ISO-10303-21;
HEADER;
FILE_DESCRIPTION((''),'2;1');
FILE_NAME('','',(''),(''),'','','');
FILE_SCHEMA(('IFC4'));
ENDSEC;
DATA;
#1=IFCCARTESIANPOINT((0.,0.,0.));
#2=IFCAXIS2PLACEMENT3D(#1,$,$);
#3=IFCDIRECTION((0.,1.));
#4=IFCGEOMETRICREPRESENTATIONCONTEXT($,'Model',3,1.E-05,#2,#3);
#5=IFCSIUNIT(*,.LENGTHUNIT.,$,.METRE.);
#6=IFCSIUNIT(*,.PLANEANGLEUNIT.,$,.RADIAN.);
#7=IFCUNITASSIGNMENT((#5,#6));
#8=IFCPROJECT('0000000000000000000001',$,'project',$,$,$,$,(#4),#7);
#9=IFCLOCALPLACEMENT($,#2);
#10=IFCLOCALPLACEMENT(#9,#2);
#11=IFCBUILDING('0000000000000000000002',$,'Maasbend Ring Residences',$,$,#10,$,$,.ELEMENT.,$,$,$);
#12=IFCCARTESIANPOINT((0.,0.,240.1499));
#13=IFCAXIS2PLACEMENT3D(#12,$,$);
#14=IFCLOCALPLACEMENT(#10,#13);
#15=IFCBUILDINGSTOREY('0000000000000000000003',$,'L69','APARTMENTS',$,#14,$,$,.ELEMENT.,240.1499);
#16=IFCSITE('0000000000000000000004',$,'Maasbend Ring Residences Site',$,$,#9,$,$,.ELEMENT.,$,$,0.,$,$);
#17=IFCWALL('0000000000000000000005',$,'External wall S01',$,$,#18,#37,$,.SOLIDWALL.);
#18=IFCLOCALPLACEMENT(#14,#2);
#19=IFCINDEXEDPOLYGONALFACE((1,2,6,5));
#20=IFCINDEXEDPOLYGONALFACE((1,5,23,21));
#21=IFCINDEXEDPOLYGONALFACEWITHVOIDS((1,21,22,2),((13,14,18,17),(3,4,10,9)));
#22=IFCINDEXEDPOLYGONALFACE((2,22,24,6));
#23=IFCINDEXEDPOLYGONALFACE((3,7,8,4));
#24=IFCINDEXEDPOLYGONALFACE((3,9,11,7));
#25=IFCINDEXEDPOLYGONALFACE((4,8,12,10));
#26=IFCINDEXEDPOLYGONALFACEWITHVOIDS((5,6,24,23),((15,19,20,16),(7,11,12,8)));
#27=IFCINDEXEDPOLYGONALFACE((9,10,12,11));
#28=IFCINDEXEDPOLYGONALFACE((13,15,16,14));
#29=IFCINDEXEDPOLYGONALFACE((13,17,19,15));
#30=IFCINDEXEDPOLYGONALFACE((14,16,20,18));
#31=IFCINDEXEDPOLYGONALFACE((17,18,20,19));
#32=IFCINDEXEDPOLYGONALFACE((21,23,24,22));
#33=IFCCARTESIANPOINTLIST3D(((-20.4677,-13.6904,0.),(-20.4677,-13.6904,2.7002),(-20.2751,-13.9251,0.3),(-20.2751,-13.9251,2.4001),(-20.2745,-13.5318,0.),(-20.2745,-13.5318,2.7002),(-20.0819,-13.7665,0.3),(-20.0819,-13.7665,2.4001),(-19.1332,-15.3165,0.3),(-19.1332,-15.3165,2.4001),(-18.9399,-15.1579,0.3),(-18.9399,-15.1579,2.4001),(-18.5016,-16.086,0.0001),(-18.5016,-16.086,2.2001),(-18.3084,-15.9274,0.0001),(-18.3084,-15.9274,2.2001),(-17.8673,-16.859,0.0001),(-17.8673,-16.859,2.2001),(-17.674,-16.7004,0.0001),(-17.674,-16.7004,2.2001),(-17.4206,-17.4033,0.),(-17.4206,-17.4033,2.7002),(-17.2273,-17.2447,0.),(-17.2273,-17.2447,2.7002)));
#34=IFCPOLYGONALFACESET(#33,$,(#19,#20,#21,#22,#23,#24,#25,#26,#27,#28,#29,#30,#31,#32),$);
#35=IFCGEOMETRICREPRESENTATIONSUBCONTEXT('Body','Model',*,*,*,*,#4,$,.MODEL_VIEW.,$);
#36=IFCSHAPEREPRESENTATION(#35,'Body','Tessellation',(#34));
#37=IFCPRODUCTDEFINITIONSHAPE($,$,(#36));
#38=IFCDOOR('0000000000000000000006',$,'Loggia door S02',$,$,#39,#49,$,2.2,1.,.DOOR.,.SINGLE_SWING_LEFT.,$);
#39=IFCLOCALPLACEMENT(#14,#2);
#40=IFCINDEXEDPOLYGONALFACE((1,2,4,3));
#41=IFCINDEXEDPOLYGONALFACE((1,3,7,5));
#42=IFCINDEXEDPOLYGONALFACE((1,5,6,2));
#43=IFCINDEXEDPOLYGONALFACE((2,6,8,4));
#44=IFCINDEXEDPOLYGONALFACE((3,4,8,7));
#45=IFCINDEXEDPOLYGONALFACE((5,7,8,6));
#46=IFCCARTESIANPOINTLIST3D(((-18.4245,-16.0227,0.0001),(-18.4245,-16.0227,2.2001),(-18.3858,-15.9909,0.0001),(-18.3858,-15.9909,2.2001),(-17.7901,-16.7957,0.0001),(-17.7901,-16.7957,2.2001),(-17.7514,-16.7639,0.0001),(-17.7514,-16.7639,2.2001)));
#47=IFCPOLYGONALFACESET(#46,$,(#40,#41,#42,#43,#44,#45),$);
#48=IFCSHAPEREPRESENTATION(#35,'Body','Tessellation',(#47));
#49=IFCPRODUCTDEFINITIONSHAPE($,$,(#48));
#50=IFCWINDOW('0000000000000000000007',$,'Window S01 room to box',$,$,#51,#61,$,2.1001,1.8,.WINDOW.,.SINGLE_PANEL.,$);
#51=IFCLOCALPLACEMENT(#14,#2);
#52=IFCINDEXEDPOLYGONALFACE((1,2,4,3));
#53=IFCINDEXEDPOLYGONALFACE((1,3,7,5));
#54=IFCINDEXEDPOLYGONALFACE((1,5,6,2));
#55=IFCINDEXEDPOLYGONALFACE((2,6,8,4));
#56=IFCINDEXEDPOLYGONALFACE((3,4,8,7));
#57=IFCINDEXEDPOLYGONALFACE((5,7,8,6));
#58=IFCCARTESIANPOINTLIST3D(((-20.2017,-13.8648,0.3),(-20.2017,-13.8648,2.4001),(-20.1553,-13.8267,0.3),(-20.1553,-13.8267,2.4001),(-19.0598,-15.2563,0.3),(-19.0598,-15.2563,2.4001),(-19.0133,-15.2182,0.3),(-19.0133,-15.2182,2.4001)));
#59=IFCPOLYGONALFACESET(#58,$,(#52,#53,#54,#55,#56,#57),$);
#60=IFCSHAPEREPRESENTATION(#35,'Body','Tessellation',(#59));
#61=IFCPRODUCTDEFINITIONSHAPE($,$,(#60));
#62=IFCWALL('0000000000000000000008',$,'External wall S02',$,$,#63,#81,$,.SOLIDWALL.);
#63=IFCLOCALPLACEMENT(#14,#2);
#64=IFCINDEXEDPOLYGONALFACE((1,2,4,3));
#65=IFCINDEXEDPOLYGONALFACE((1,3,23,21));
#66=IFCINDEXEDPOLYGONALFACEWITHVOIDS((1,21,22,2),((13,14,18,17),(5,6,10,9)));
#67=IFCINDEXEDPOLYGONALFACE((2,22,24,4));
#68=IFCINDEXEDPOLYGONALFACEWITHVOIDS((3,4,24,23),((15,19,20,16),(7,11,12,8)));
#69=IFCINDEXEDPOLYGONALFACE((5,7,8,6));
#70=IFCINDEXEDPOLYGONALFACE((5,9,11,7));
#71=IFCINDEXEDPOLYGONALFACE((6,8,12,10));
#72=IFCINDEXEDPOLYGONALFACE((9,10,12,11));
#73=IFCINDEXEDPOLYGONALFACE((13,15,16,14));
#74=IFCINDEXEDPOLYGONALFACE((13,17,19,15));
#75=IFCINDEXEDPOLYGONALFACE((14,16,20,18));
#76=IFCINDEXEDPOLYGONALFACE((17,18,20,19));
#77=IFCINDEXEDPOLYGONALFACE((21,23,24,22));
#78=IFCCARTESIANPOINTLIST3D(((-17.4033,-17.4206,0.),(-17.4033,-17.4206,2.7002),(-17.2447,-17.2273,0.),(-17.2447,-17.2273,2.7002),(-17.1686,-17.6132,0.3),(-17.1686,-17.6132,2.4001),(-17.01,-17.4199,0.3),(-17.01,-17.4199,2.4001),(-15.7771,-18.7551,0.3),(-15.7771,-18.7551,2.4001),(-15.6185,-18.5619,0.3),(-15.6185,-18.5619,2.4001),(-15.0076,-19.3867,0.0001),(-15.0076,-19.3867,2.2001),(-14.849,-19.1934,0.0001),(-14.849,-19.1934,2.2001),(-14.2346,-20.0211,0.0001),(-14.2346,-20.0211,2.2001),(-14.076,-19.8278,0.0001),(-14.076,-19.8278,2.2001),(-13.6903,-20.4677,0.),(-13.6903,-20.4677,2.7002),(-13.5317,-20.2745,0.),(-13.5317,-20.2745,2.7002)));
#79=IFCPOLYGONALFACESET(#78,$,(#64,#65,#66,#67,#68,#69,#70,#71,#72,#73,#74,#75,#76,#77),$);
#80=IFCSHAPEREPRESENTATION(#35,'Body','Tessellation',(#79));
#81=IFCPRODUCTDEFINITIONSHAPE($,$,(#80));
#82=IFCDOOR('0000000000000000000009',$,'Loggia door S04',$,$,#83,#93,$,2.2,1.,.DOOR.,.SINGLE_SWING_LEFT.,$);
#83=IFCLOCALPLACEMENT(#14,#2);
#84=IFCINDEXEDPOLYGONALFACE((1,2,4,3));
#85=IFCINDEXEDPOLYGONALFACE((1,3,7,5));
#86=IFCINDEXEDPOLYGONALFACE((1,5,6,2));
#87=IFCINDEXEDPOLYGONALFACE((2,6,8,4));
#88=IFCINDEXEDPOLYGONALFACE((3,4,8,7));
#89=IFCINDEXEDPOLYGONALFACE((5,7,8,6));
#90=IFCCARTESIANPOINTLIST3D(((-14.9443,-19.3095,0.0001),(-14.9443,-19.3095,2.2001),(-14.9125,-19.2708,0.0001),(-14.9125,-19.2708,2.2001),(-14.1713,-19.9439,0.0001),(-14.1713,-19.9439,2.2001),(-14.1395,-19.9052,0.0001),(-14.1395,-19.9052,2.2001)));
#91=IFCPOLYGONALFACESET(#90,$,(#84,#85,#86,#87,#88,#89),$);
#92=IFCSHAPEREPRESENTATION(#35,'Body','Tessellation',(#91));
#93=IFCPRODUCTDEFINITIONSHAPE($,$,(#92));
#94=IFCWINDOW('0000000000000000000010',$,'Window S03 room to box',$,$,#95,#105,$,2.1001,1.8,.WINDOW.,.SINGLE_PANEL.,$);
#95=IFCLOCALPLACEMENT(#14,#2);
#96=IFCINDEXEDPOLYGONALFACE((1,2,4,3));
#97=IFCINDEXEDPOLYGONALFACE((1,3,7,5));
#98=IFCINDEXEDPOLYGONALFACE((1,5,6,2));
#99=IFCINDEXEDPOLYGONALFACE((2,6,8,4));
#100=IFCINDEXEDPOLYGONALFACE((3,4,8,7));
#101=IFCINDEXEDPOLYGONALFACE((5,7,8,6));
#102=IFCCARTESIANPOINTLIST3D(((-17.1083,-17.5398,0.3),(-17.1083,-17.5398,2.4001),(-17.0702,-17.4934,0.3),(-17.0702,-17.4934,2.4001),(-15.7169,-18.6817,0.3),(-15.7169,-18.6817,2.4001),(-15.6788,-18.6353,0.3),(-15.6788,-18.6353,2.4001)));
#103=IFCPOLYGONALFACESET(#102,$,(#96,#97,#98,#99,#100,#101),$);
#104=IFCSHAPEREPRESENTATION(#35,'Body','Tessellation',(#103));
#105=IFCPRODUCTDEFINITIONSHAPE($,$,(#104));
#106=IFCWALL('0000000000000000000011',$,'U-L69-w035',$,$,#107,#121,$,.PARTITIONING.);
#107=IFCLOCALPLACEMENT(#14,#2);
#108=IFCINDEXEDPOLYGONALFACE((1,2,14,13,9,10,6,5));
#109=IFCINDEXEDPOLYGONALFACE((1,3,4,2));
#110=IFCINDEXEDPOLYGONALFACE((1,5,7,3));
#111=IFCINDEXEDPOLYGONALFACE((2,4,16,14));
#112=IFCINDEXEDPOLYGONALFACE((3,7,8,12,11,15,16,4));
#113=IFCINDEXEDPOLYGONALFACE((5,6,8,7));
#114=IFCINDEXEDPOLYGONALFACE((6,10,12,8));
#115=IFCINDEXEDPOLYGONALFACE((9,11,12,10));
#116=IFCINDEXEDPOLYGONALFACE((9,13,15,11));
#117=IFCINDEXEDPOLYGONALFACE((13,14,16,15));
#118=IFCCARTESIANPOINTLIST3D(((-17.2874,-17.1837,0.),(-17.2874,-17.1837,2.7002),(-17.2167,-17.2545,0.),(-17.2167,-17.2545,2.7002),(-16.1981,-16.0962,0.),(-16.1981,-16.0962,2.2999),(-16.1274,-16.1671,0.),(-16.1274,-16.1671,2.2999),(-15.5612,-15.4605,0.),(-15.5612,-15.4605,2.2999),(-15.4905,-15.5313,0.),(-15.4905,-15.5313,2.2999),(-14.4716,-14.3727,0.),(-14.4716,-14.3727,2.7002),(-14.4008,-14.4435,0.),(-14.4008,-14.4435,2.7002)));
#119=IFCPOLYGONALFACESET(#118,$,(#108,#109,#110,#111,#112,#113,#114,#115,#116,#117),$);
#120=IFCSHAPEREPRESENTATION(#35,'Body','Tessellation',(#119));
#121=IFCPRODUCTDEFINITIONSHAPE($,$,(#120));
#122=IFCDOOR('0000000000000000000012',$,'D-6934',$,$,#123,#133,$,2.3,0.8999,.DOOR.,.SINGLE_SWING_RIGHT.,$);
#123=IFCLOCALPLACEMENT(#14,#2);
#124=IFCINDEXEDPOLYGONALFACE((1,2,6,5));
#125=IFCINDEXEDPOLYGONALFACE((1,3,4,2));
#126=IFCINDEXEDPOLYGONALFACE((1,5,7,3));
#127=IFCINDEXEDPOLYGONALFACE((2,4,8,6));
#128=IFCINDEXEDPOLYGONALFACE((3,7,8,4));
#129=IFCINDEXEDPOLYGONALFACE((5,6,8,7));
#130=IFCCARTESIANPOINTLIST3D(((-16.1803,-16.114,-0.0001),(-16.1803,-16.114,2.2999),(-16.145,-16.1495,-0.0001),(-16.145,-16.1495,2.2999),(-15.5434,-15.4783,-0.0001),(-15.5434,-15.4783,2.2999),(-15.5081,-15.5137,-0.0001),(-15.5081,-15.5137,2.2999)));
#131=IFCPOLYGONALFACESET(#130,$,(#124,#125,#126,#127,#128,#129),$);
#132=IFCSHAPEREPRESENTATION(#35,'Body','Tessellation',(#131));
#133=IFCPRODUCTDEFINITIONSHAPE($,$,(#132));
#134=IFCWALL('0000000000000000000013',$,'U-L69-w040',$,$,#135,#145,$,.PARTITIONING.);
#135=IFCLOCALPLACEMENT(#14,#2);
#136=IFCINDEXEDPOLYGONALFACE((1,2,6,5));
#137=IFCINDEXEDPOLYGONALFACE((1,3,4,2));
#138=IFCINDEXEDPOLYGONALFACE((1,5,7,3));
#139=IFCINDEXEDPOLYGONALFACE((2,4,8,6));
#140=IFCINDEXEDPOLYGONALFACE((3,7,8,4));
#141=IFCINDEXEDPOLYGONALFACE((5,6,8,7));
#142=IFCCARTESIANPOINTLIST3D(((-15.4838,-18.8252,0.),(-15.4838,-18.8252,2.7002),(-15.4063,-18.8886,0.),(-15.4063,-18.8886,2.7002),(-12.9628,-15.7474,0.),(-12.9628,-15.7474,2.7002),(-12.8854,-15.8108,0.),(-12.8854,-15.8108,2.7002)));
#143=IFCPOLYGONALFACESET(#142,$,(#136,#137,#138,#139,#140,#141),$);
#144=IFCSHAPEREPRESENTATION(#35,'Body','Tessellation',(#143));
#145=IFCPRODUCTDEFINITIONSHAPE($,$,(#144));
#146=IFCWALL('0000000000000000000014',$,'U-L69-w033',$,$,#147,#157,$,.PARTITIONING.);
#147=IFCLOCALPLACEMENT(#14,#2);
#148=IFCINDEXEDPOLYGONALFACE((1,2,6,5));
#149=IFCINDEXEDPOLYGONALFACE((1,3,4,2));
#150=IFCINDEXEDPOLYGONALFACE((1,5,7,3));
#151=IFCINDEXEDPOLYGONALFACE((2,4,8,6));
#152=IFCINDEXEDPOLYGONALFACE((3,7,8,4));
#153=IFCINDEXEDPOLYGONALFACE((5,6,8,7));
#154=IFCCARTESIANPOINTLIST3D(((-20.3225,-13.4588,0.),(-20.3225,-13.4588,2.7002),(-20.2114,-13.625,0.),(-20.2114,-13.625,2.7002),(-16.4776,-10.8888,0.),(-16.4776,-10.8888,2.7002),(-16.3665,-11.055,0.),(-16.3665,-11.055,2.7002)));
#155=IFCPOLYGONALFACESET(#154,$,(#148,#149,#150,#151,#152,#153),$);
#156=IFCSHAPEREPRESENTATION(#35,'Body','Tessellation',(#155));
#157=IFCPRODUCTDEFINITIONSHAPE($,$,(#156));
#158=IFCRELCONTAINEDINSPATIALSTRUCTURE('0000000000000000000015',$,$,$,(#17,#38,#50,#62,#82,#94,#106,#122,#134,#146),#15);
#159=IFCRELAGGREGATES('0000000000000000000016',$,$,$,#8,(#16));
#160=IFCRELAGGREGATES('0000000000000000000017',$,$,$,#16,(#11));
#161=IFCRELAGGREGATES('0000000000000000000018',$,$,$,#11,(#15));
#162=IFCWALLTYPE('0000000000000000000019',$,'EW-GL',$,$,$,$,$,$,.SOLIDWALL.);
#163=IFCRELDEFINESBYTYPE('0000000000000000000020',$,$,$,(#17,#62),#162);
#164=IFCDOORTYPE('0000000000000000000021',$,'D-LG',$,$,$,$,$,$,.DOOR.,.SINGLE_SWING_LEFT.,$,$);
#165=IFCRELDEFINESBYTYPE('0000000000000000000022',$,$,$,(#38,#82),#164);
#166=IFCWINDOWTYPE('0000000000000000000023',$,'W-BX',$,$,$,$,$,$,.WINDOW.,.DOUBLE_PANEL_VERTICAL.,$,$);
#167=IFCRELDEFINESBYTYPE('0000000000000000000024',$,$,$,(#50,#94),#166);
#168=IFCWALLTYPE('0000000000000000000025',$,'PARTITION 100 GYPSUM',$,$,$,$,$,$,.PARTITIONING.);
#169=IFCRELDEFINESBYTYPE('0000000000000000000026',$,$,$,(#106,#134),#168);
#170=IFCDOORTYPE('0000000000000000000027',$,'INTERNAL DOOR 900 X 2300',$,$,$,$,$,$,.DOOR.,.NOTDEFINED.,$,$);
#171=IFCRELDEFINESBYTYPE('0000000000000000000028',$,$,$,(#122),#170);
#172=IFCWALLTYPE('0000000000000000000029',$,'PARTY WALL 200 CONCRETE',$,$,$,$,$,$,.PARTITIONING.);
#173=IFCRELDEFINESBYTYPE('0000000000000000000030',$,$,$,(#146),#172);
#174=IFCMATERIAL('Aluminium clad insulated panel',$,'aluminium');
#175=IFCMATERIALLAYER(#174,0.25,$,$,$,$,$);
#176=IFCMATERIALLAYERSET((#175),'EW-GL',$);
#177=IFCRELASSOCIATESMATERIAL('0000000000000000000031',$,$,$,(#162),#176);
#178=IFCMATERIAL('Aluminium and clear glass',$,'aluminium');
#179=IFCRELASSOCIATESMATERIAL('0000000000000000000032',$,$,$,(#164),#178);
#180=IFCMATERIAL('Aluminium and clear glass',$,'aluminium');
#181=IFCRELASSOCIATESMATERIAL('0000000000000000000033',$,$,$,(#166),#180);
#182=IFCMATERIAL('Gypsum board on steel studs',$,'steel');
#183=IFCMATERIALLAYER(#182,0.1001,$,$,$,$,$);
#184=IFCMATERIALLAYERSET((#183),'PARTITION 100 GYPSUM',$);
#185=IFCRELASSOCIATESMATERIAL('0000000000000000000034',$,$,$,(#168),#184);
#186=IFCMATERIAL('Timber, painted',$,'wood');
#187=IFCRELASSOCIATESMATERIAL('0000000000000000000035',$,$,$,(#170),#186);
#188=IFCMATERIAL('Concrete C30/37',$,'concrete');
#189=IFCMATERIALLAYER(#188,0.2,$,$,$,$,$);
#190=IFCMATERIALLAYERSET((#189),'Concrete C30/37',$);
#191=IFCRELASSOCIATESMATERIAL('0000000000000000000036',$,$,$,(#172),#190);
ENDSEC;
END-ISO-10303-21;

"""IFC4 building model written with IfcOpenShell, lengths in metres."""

from ifc_helpers import new_model, si_unit, direction, frame, frame_2d, origin, place, context, subcontext, project, spatial, rectangle, extrude, material, layer, layer_set, type_object, element, fill, save


model = new_model("IFC4")

# Units and contexts
model_context = context("Model", 3, precision=1e-05, world=origin(), true_north=direction((0.0, 1.0)))
body_context = subcontext(model_context, "Body", "Model", "MODEL_VIEW")
ifc_project = project(units=[si_unit("LENGTHUNIT", "METRE"), si_unit("PLANEANGLEUNIT", "RADIAN")], contexts=[model_context])

# Site, building, storey
site_placement = place(None, origin())
site = spatial("IfcSite", under=ifc_project, at=site_placement, Name="Maasbend Ring Residences Site", CompositionType="ELEMENT", RefElevation=0.0)
building_placement = place(site_placement, origin())
building = spatial("IfcBuilding", under=site, at=building_placement, Name="Maasbend Ring Residences", CompositionType="ELEMENT")
storey_placement = place(building_placement, frame((0.0, 0.0, 240.1499)))
storey = spatial("IfcBuildingStorey", under=building, at=storey_placement, Name="L69", Description="APARTMENTS", CompositionType="ELEMENT", Elevation=240.1499)

# Walls, openings, doors, windows
ifc_material_1 = material(Name="Aluminium clad insulated panel", Category="aluminium")
ifc_layer_1 = layer(ifc_material_1, 0.25)
ifc_layer_set_1 = layer_set([ifc_layer_1], Name="EW-GL")
wall_type_1 = type_object("IfcWallType", Name="EW-GL", PredefinedType="SOLIDWALL", material=ifc_layer_set_1)
wall_1_placement = place(storey_placement, frame((-20.3711, -13.6111, 0.0), z_axis=(0.0, 0.0, 1.0), x_axis=(0.634397, -0.773008, 0.0)))
wall_1 = element("IfcWall", 1, at=wall_1_placement, inside=storey, type_object=wall_type_1, Name="External wall S01", PredefinedType="SOLIDWALL", context=body_context, shape_type="SweptSolid", body=[
    extrude(rectangle(XDim=4.8032, YDim=0.25, at=frame_2d((2.4016, 0.0))), origin(), (0.0, 0.0, 1.0), 2.7002),
])
opening_1_placement = place(wall_1_placement, frame((0.3037, 0.0, 0.3)))
opening_1 = element("IfcOpeningElement", 2, at=opening_1_placement, cuts=wall_1, PredefinedType="OPENING", context=body_context, shape_type="SweptSolid", body=[
    extrude(rectangle(XDim=1.8, YDim=2.1001, at=frame_2d((0.8999, 1.05))), frame((0.0, 0.135, 0.0), z_axis=(0.0, -1.0, 0.0), x_axis=(1.0, 0.0, 0.0)), (0.0, 0.0, 1.0), 0.27),
])
opening_2_placement = place(wall_1_placement, frame((3.0991, 0.0, 0.0)))
opening_2 = element("IfcOpeningElement", 3, at=opening_2_placement, cuts=wall_1, PredefinedType="OPENING", context=body_context, shape_type="SweptSolid", body=[
    extrude(rectangle(XDim=1.0, YDim=2.2, at=frame_2d((0.5, 1.1001))), frame((0.0, 0.135, 0.0), z_axis=(0.0, -1.0, 0.0), x_axis=(1.0, 0.0, 0.0)), (0.0, 0.0, 1.0), 0.27),
])
ifc_material_2 = material(Name="Aluminium and clear glass", Category="aluminium")
door_type_1 = type_object("IfcDoorType", Name="D-LG", OperationType="SINGLE_SWING_LEFT", PredefinedType="DOOR", material=ifc_material_2)
door_1_placement = place(opening_2_placement, origin())
door_1 = element("IfcDoor", 4, at=door_1_placement, inside=storey, type_object=door_type_1, Name="Loggia door S02", OperationType="SINGLE_SWING_LEFT", OverallHeight=2.2, OverallWidth=1.0, PredefinedType="DOOR", context=body_context, shape_type="SweptSolid", body=[
    extrude(rectangle(XDim=1.0, YDim=2.2, at=frame_2d((0.5, 1.1001))), frame((0.0, 0.0249, 0.0), z_axis=(0.0, -1.0, 0.0), x_axis=(1.0, 0.0, 0.0)), (0.0, 0.0, 1.0), 0.05),
])
fill(opening_2, door_1)
ifc_material_3 = material(Name="Aluminium and clear glass", Category="aluminium")
window_type_1 = type_object("IfcWindowType", Name="W-BX", PartitioningType="DOUBLE_PANEL_VERTICAL", PredefinedType="WINDOW", material=ifc_material_3)
window_1_placement = place(opening_1_placement, origin())
window_1 = element("IfcWindow", 5, at=window_1_placement, inside=storey, type_object=window_type_1, Name="Window S01 room to box", OverallHeight=2.1001, OverallWidth=1.8, PartitioningType="SINGLE_PANEL", PredefinedType="WINDOW", context=body_context, shape_type="SweptSolid", body=[
    extrude(rectangle(XDim=1.8, YDim=2.1001, at=frame_2d((0.8999, 1.05))), frame((0.0, 0.03, 0.0), z_axis=(0.0, -1.0, 0.0), x_axis=(1.0, 0.0, 0.0)), (0.0, 0.0, 1.0), 0.0601),
])
fill(opening_1, window_1)
wall_2_placement = place(storey_placement, frame((-17.324, -17.324, 0.0), z_axis=(0.0, 0.0, 1.0), x_axis=(0.773008, -0.634397, 0.0)))
wall_2 = element("IfcWall", 6, at=wall_2_placement, inside=storey, type_object=wall_type_1, Name="External wall S02", PredefinedType="SOLIDWALL", context=body_context, shape_type="SweptSolid", body=[
    extrude(rectangle(XDim=4.8032, YDim=0.25, at=frame_2d((2.4016, 0.0))), origin(), (0.0, 0.0, 1.0), 2.7002),
])
opening_3_placement = place(wall_2_placement, frame((0.3037, 0.0, 0.3)))
opening_3 = element("IfcOpeningElement", 7, at=opening_3_placement, cuts=wall_2, PredefinedType="OPENING", context=body_context, shape_type="SweptSolid", body=[
    extrude(rectangle(XDim=1.8, YDim=2.1001, at=frame_2d((0.8999, 1.05))), frame((0.0, 0.135, 0.0), z_axis=(0.0, -1.0, 0.0), x_axis=(1.0, 0.0, 0.0)), (0.0, 0.0, 1.0), 0.27),
])
opening_4_placement = place(wall_2_placement, frame((3.0991, 0.0, 0.0)))
opening_4 = element("IfcOpeningElement", 8, at=opening_4_placement, cuts=wall_2, PredefinedType="OPENING", context=body_context, shape_type="SweptSolid", body=[
    extrude(rectangle(XDim=1.0, YDim=2.2, at=frame_2d((0.5, 1.1001))), frame((0.0, 0.135, 0.0), z_axis=(0.0, -1.0, 0.0), x_axis=(1.0, 0.0, 0.0)), (0.0, 0.0, 1.0), 0.27),
])
door_2_placement = place(opening_4_placement, origin())
door_2 = element("IfcDoor", 9, at=door_2_placement, inside=storey, type_object=door_type_1, Name="Loggia door S04", OperationType="SINGLE_SWING_LEFT", OverallHeight=2.2, OverallWidth=1.0, PredefinedType="DOOR", context=body_context, shape_type="SweptSolid", body=[
    extrude(rectangle(XDim=1.0, YDim=2.2, at=frame_2d((0.5, 1.1001))), frame((0.0, 0.0249, 0.0), z_axis=(0.0, -1.0, 0.0), x_axis=(1.0, 0.0, 0.0)), (0.0, 0.0, 1.0), 0.05),
])
fill(opening_4, door_2)
window_2_placement = place(opening_3_placement, origin())
window_2 = element("IfcWindow", 10, at=window_2_placement, inside=storey, type_object=window_type_1, Name="Window S03 room to box", OverallHeight=2.1001, OverallWidth=1.8, PartitioningType="SINGLE_PANEL", PredefinedType="WINDOW", context=body_context, shape_type="SweptSolid", body=[
    extrude(rectangle(XDim=1.8, YDim=2.1001, at=frame_2d((0.8999, 1.05))), frame((0.0, 0.03, 0.0), z_axis=(0.0, -1.0, 0.0), x_axis=(1.0, 0.0, 0.0)), (0.0, 0.0, 1.0), 0.0601),
])
fill(opening_3, window_2)

# Wall, opening, door
ifc_material_4 = material(Name="Gypsum board on steel studs", Category="steel")
ifc_layer_2 = layer(ifc_material_4, 0.1001)
ifc_layer_set_2 = layer_set([ifc_layer_2], Name="PARTITION 100 GYPSUM")
wall_type_2 = type_object("IfcWallType", Name="PARTITION 100 GYPSUM", PredefinedType="PARTITIONING", material=ifc_layer_set_2)
wall_3_placement = place(storey_placement, frame((-17.252, -17.219, 0.0), z_axis=(0.0, 0.0, 1.0), x_axis=(0.70772, 0.706493, 0.0)))
wall_3 = element("IfcWall", 11, at=wall_3_placement, inside=storey, type_object=wall_type_2, Name="U-L69-w035", PredefinedType="PARTITIONING", context=body_context, shape_type="SweptSolid", body=[
    extrude(rectangle(XDim=3.9788, YDim=0.1001, at=frame_2d((1.9893, 0.0))), origin(), (0.0, 0.0, 1.0), 2.7002),
])
opening_5_placement = place(wall_3_placement, frame((1.5391, 0.0, 0.0)))
opening_5 = element("IfcOpeningElement", 12, at=opening_5_placement, cuts=wall_3, PredefinedType="OPENING", context=body_context, shape_type="SweptSolid", body=[
    extrude(rectangle(XDim=0.8999, YDim=2.3, at=frame_2d((0.45, 1.1499))), frame((0.0, 0.0601, 0.0), z_axis=(0.0, -1.0, 0.0), x_axis=(1.0, 0.0, 0.0)), (0.0, 0.0, 1.0), 0.1201),
])
ifc_material_5 = material(Name="Timber, painted", Category="wood")
door_type_2 = type_object("IfcDoorType", Name="INTERNAL DOOR 900 X 2300", OperationType="NOTDEFINED", PredefinedType="DOOR", material=ifc_material_5)
door_3_placement = place(opening_5_placement, origin())
door_3 = element("IfcDoor", 13, at=door_3_placement, inside=storey, type_object=door_type_2, Name="D-6934", OperationType="SINGLE_SWING_RIGHT", OverallHeight=2.3, OverallWidth=0.8999, PredefinedType="DOOR", context=body_context, shape_type="SweptSolid", body=[
    extrude(rectangle(XDim=0.8999, YDim=2.3, at=frame_2d((0.45, 1.1499))), frame((0.0, 0.0249, 0.0), z_axis=(0.0, -1.0, 0.0), x_axis=(1.0, 0.0, 0.0)), (0.0, 0.0, 1.0), 0.05),
])
fill(opening_5, door_3)

# Walls
wall_4_placement = place(storey_placement, frame((-15.4451, -18.8569, 0.0), z_axis=(0.0, 0.0, 1.0), x_axis=(0.633649, 0.773621, 0.0)))
element("IfcWall", 14, at=wall_4_placement, inside=storey, type_object=wall_type_2, Name="U-L69-w040", PredefinedType="PARTITIONING", context=body_context, shape_type="SweptSolid", body=[
    extrude(rectangle(XDim=3.9785, YDim=0.1001, at=frame_2d((1.9893, 0.0))), origin(), (0.0, 0.0, 1.0), 2.7002),
])
ifc_material_6 = material(Name="Concrete C30/37", Category="concrete")
ifc_layer_3 = layer(ifc_material_6, 0.2)
ifc_layer_set_3 = layer_set([ifc_layer_3], Name="Concrete C30/37")
wall_type_3 = type_object("IfcWallType", Name="PARTY WALL 200 CONCRETE", PredefinedType="PARTITIONING", material=ifc_layer_set_3)
wall_5_placement = place(storey_placement, frame((-20.2671, -13.542, 0.0), z_axis=(0.0, 0.0, 1.0), x_axis=(0.831376, 0.555711, 0.0)))
element("IfcWall", 15, at=wall_5_placement, inside=storey, type_object=wall_type_3, Name="U-L69-w033", PredefinedType="PARTITIONING", context=body_context, shape_type="SweptSolid", body=[
    extrude(rectangle(XDim=4.6248, YDim=0.2, at=frame_2d((2.3125, 0.0))), origin(), (0.0, 0.0, 1.0), 2.7002),
])

save(model, "model.ifc")
